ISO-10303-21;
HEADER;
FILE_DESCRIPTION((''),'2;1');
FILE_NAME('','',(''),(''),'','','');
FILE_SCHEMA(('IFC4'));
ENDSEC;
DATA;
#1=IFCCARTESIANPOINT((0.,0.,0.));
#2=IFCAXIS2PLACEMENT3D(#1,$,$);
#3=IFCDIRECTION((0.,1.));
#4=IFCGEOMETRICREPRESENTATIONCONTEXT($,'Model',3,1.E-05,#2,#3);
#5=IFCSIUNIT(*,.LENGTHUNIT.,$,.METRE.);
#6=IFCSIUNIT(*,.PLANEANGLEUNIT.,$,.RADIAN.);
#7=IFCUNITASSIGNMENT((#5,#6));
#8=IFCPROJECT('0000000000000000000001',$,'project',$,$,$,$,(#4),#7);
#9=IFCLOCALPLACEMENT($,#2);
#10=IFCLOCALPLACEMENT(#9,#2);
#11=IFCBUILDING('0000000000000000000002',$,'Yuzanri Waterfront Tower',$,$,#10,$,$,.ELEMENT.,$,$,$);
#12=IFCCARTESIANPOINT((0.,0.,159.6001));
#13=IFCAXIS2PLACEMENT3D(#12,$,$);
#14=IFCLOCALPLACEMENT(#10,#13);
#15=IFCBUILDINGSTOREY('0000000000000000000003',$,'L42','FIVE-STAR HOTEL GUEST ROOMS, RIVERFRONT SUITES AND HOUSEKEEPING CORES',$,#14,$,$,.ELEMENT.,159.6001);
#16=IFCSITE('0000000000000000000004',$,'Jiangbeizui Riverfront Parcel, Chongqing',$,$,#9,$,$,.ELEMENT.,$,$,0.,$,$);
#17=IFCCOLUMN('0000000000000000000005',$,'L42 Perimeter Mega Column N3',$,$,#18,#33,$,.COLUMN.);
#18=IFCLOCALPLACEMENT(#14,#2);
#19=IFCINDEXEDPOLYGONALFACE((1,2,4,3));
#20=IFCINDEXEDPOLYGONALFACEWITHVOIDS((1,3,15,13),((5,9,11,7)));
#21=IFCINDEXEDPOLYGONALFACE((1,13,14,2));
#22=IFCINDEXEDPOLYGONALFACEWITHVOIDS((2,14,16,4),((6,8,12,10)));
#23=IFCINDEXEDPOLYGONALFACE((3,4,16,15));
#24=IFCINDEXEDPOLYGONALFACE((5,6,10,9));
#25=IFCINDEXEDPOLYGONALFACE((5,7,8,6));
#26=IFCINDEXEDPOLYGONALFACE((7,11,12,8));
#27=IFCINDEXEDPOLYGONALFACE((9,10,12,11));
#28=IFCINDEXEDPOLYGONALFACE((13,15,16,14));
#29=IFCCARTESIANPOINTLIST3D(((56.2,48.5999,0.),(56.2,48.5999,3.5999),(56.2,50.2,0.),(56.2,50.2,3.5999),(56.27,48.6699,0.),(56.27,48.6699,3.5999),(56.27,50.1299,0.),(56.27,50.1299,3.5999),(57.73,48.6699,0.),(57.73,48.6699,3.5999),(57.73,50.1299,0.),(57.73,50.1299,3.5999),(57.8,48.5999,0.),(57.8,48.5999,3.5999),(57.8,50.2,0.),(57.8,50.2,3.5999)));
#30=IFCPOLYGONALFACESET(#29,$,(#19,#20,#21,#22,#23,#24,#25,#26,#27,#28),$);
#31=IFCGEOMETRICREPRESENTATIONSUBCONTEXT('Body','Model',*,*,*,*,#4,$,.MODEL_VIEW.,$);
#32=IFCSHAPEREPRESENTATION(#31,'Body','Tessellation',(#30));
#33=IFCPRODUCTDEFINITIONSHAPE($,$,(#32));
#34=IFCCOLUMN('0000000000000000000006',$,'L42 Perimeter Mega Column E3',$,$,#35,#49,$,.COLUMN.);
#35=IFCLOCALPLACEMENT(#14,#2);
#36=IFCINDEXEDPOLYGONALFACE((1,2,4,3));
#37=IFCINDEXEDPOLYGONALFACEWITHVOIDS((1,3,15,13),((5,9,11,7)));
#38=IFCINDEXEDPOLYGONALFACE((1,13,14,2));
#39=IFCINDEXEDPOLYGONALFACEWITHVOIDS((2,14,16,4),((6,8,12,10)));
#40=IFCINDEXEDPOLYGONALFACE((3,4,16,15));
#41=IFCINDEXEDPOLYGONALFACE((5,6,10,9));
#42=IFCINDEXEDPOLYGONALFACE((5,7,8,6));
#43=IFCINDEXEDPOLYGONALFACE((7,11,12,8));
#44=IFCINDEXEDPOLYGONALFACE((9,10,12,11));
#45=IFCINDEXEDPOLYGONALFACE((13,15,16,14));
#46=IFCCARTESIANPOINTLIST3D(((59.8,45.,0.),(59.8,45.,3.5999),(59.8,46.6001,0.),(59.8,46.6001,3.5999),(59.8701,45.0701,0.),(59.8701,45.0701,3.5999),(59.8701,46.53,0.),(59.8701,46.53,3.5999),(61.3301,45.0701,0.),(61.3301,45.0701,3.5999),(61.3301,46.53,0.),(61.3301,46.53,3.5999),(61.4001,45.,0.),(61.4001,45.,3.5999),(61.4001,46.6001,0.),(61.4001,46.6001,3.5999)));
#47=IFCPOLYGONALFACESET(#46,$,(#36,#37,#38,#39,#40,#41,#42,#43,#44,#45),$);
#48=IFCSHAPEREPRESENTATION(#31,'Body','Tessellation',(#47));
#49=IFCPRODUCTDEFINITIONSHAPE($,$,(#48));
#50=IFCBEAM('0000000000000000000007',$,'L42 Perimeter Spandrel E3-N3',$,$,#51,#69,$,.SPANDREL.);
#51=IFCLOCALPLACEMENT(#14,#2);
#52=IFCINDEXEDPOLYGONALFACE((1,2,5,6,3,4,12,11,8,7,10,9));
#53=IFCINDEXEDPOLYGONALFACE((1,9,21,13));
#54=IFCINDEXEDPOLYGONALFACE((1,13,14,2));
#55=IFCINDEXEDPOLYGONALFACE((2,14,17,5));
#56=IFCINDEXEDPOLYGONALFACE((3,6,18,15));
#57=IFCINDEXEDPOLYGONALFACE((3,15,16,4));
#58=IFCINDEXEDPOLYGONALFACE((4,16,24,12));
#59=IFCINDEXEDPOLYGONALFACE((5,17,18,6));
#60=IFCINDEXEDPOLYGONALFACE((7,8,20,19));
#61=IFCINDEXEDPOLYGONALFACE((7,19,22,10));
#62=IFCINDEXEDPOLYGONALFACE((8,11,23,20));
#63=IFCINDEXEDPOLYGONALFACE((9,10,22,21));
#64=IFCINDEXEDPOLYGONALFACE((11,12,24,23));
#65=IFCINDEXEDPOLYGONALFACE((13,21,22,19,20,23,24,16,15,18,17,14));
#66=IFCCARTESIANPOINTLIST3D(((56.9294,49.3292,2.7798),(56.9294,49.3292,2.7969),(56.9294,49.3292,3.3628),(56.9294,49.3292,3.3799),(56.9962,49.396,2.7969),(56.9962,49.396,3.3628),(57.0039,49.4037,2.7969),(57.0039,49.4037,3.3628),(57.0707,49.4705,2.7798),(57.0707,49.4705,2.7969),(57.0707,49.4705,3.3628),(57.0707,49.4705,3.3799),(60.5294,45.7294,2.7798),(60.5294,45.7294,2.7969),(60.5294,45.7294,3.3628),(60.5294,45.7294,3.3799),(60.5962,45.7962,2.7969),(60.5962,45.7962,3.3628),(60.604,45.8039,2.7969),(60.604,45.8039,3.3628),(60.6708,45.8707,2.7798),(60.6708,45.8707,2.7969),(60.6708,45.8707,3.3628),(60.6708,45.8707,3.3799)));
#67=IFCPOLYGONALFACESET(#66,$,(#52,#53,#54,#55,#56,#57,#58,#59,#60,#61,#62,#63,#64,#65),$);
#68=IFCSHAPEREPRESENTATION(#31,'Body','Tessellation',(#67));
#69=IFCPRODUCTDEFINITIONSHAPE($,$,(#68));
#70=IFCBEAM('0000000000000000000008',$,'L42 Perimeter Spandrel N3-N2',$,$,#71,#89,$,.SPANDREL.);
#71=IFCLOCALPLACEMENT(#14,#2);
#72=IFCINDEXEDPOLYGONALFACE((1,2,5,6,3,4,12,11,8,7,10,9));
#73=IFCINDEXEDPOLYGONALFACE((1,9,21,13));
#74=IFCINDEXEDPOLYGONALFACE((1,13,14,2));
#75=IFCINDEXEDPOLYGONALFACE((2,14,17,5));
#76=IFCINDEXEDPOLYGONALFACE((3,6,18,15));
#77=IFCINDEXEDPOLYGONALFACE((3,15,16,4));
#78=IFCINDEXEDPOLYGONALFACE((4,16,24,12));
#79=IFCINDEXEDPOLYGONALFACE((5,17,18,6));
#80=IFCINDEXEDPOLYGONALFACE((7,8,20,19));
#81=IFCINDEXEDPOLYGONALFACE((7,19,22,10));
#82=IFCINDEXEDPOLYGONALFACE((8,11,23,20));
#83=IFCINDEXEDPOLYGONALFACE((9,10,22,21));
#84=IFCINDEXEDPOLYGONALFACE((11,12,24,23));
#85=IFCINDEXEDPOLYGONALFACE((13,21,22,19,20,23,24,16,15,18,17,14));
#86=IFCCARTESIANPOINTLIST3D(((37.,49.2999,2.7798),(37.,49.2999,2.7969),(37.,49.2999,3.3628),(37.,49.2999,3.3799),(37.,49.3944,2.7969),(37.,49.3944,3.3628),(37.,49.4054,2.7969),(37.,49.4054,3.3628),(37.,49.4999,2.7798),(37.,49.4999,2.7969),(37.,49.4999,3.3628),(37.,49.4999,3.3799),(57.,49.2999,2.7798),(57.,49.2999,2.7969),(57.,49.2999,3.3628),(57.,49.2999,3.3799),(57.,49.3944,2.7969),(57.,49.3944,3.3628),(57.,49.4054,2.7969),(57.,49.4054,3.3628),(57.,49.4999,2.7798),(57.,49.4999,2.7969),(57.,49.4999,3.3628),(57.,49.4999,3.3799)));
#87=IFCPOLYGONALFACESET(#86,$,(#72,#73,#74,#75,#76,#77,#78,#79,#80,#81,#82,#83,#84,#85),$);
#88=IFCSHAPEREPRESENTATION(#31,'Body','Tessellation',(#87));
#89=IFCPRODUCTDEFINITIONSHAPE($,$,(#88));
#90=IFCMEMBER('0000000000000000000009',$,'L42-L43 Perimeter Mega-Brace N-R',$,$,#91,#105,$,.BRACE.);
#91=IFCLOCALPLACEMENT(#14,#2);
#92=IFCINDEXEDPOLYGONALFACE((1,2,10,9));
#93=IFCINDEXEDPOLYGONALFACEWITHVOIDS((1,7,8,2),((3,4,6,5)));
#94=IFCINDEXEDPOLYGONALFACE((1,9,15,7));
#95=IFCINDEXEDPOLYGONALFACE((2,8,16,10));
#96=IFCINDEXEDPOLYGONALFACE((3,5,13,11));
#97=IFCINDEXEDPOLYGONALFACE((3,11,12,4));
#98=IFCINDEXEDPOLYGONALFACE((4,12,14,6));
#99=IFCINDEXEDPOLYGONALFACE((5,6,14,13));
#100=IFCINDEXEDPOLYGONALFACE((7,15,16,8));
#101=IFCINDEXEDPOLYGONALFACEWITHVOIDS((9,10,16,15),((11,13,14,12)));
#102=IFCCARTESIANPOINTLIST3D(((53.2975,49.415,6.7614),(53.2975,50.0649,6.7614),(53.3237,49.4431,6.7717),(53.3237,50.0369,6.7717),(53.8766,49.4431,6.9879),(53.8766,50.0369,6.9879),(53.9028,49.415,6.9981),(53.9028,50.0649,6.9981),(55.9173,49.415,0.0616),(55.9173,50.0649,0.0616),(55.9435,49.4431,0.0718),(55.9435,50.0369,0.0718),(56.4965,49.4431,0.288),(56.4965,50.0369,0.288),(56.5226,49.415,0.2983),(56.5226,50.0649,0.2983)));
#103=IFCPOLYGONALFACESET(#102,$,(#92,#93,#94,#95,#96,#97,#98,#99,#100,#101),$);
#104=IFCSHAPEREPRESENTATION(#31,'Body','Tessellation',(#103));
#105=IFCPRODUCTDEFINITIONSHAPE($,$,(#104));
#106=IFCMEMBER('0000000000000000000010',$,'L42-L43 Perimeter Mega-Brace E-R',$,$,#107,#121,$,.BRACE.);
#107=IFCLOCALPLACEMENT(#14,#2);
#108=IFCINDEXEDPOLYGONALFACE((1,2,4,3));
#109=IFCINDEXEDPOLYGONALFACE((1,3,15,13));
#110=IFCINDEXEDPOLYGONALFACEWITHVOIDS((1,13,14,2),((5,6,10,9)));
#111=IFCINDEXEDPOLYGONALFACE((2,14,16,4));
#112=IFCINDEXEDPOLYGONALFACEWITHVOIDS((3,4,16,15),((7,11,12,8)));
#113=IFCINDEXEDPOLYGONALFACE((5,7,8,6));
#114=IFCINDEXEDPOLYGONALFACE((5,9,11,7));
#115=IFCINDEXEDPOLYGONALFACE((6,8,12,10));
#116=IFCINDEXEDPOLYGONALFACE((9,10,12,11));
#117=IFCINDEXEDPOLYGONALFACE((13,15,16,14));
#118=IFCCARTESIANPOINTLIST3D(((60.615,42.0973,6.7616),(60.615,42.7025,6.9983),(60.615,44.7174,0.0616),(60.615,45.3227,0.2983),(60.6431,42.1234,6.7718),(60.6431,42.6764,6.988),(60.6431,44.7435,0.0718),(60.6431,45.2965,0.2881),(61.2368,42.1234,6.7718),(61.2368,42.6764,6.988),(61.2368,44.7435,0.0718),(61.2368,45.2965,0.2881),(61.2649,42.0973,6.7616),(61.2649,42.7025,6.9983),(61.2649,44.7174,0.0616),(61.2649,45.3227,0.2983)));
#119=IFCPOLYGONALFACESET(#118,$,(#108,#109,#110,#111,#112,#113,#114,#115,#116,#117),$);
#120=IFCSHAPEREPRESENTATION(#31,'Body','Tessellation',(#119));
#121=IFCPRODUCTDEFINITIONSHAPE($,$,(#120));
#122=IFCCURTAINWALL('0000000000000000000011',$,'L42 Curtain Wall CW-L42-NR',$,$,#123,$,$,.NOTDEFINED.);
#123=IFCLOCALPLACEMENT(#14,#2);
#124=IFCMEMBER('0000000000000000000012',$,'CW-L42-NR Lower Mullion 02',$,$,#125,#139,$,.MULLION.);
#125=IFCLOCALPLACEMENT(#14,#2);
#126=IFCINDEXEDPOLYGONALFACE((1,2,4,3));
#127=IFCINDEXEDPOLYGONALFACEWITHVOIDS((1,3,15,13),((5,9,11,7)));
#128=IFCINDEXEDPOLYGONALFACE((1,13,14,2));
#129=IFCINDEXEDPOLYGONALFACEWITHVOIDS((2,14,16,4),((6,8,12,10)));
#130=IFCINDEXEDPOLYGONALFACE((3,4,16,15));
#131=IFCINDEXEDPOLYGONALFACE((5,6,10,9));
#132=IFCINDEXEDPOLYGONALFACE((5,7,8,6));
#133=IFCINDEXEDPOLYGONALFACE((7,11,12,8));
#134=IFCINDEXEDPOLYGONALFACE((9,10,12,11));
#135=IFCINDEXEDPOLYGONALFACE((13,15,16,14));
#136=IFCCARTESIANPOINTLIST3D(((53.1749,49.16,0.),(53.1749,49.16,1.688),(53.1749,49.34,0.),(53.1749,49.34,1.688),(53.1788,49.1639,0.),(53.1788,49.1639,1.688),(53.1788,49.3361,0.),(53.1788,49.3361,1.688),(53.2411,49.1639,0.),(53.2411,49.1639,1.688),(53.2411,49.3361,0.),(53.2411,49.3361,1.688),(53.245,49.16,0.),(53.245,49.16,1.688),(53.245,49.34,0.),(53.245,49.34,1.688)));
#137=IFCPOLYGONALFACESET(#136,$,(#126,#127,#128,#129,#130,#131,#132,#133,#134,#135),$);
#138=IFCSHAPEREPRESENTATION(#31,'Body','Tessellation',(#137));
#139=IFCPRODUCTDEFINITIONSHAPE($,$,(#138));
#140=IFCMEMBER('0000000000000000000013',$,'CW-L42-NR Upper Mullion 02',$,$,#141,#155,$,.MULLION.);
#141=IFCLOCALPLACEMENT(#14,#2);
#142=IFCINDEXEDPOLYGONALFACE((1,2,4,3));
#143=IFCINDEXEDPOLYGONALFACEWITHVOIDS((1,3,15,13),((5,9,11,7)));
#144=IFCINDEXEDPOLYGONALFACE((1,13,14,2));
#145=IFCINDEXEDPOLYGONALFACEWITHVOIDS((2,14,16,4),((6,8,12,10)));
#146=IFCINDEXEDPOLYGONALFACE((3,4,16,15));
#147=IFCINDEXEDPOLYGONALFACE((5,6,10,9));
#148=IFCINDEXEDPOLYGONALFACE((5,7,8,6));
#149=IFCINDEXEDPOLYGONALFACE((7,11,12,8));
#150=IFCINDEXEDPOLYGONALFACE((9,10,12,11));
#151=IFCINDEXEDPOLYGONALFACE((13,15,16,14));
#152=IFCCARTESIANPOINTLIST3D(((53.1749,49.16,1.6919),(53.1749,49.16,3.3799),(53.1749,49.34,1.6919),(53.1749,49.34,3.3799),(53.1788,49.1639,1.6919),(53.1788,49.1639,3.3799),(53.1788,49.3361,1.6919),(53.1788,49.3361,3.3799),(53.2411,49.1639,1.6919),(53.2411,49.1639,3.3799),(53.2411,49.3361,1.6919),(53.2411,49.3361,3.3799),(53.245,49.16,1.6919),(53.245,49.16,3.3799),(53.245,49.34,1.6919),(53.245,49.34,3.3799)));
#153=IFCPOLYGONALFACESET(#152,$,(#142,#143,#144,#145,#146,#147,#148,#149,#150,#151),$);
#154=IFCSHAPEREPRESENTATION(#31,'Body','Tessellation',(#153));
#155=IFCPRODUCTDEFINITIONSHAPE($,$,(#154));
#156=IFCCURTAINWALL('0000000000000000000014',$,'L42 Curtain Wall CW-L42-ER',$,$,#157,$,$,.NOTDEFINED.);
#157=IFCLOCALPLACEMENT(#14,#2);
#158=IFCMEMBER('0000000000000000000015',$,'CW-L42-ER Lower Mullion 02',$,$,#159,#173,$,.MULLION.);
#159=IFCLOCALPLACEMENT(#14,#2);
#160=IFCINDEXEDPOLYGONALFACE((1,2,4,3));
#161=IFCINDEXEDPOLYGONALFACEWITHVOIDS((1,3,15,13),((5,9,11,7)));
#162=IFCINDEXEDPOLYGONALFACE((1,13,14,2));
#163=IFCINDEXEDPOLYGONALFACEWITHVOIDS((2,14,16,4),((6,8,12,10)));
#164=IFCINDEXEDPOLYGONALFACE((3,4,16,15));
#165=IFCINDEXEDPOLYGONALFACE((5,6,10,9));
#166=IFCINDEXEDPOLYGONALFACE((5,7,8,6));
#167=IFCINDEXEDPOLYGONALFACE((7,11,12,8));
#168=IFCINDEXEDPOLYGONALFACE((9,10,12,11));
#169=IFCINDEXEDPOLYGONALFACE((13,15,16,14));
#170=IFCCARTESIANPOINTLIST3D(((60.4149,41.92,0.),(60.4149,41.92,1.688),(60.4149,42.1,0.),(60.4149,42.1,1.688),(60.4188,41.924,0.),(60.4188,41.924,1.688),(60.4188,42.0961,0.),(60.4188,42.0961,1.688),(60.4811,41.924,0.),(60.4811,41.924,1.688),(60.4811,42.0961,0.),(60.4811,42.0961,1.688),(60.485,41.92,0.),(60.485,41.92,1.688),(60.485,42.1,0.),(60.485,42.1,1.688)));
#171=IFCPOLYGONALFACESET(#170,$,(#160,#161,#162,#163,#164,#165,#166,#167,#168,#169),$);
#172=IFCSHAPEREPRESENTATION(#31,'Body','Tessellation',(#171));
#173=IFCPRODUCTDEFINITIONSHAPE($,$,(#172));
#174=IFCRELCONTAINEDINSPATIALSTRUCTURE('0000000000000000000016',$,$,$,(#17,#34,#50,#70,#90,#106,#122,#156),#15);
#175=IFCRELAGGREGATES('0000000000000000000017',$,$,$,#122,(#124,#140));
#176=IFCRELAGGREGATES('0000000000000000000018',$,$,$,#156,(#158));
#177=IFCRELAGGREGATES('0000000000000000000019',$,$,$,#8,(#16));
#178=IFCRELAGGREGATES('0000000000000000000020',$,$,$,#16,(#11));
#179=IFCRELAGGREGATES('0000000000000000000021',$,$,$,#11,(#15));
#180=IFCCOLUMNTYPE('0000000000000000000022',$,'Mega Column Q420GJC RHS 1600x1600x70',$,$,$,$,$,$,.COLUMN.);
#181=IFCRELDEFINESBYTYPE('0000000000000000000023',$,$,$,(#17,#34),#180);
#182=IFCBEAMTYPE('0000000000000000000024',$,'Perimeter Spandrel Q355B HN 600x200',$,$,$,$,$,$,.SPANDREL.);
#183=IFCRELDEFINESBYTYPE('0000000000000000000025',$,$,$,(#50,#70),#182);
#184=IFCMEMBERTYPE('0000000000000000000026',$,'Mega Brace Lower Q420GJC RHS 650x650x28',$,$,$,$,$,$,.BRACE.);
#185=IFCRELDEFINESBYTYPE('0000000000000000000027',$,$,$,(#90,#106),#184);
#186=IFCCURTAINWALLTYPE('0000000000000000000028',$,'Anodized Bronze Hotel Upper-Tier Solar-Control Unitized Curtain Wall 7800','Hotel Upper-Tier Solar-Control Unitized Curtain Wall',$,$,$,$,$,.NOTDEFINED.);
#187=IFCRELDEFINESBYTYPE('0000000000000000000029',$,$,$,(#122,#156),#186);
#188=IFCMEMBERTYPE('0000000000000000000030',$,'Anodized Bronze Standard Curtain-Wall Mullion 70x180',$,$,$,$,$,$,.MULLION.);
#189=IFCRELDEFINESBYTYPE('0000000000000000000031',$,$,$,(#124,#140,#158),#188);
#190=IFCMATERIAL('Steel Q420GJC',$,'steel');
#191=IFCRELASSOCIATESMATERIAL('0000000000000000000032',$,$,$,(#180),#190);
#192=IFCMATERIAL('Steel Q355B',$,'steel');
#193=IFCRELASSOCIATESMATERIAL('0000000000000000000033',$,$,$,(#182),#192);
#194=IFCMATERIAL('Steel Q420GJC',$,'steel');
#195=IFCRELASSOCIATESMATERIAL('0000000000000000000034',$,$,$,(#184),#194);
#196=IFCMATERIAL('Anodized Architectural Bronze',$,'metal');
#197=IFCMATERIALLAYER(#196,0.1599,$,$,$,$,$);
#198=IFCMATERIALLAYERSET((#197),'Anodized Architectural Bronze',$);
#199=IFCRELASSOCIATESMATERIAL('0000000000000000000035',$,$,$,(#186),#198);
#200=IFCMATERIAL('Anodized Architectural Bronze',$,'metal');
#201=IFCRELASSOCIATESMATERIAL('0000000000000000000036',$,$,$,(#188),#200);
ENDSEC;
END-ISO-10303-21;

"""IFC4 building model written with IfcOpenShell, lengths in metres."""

from ifc_helpers import new_model, si_unit, direction, frame, origin, origin_2d, place, context, subcontext, project, spatial, hollow_rectangle, i_section, extrude, source, transform, mapped, material, layer, layer_set, material_profile, profile_set, type_object, element, aggregate, save


model = new_model("IFC4")

# Units and contexts
model_context = context("Model", 3, precision=1e-05, world=origin(), true_north=direction((0.0, 1.0)))
body_context = subcontext(model_context, "Body", "Model", "MODEL_VIEW")
ifc_project = project(units=[si_unit("LENGTHUNIT", "METRE"), si_unit("PLANEANGLEUNIT", "RADIAN")], contexts=[model_context])

# Site, building, storey
site_placement = place(None, origin())
site = spatial("IfcSite", under=ifc_project, at=site_placement, Name="Jiangbeizui Riverfront Parcel, Chongqing", CompositionType="ELEMENT", RefElevation=0.0)
building_placement = place(site_placement, origin())
building = spatial("IfcBuilding", under=site, at=building_placement, Name="Yuzanri Waterfront Tower", CompositionType="ELEMENT")
storey_placement = place(building_placement, frame((0.0, 0.0, 159.6001)))
storey = spatial("IfcBuildingStorey", under=building, at=storey_placement, Name="L42", Description="FIVE-STAR HOTEL GUEST ROOMS, RIVERFRONT SUITES AND HOUSEKEEPING CORES", CompositionType="ELEMENT", Elevation=159.6001)

# Columns
ifc_material_1 = material(Name="Steel Q420GJC", Category="steel")
ifc_material_profile_1 = material_profile(ifc_material_1, hollow_rectangle(XDim=1.6001, YDim=1.6001, WallThickness=0.0701, at=origin_2d()), Name="RHS 1600x1600x70")
ifc_profile_set_1 = profile_set([ifc_material_profile_1], Name="Steel Q420GJC")
column_type = type_object("IfcColumnType", Name="Mega Column Q420GJC RHS 1600x1600x70", PredefinedType="COLUMN", material=ifc_profile_set_1)
shared_shape_1 = source(origin(), body_context, "Body", "SweptSolid", [
    extrude(hollow_rectangle(XDim=1.6001, YDim=1.6001, WallThickness=0.0701, at=origin_2d()), origin(), (0.0, 0.0, 1.0), 3.5999),
])
for number, where, z_axis, x_axis, name in (
    (1, (57.0, 49.3999, 0.0), (0.0, 0.0, 1.0), (1.0, 0.0, 0.0), "L42 Perimeter Mega Column N3"),
    (2, (60.6001, 45.8, 0.0), (0.0, 0.0, 1.0), (1.0, 0.0, 0.0), "L42 Perimeter Mega Column E3"),
):
    element("IfcColumn", number, at=place(storey_placement, frame(where, z_axis=z_axis, x_axis=x_axis)), inside=storey, type_object=column_type, Name=name, PredefinedType="COLUMN", context=body_context, shape_type="MappedRepresentation", body=[
        mapped(shared_shape_1, transform((0.0, 0.0, 0.0), scale=1.0)),
    ])

# Beams
ifc_material_2 = material(Name="Steel Q355B", Category="steel")
ifc_material_profile_2 = material_profile(ifc_material_2, i_section(OverallWidth=0.2, OverallDepth=0.6001, WebThickness=0.011, FlangeThickness=0.0171, at=origin_2d()), Name="HN 600x200x11x17")
ifc_profile_set_2 = profile_set([ifc_material_profile_2], Name="Steel Q355B")
beam_type = type_object("IfcBeamType", Name="Perimeter Spandrel Q355B HN 600x200", PredefinedType="SPANDREL", material=ifc_profile_set_2)
shared_shape_2 = source(origin(), body_context, "Body", "SweptSolid", [
    extrude(i_section(OverallWidth=0.2, OverallDepth=0.6001, WebThickness=0.011, FlangeThickness=0.0171, at=origin_2d()), origin(), (0.0, 0.0, 1.0), 5.0911),
])
beam_1_placement = place(storey_placement, frame((60.6001, 45.8, 3.0798), z_axis=(-0.707131, 0.707083, 0.0), x_axis=(-0.707083, -0.707131, 0.0)))
element("IfcBeam", 3, at=beam_1_placement, inside=storey, type_object=beam_type, Name="L42 Perimeter Spandrel E3-N3", PredefinedType="SPANDREL", context=body_context, shape_type="MappedRepresentation", body=[
    mapped(shared_shape_2, transform((0.0, 0.0, 0.0), scale=1.0)),
])
shared_shape_3 = source(origin(), body_context, "Body", "SweptSolid", [
    extrude(i_section(OverallWidth=0.2, OverallDepth=0.6001, WebThickness=0.011, FlangeThickness=0.0171, at=origin_2d()), origin(), (0.0, 0.0, 1.0), 20.0),
])
beam_2_placement = place(storey_placement, frame((57.0, 49.3999, 3.0798), z_axis=(-1.0, 0.0, 0.0), x_axis=(0.0, -1.0, 0.0)))
element("IfcBeam", 4, at=beam_2_placement, inside=storey, type_object=beam_type, Name="L42 Perimeter Spandrel N3-N2", PredefinedType="SPANDREL", context=body_context, shape_type="MappedRepresentation", body=[
    mapped(shared_shape_3, transform((0.0, 0.0, 0.0), scale=1.0)),
])

# Members
ifc_material_3 = material(Name="Steel Q420GJC", Category="steel")
ifc_material_profile_3 = material_profile(ifc_material_3, hollow_rectangle(XDim=0.6499, YDim=0.6499, WallThickness=0.0281, at=origin_2d()), Name="RHS 650x650x28")
ifc_profile_set_3 = profile_set([ifc_material_profile_3], Name="Steel Q420GJC")
member_type_1 = type_object("IfcMemberType", Name="Mega Brace Lower Q420GJC RHS 650x650x28", PredefinedType="BRACE", material=ifc_profile_set_3)
shared_shape_4 = source(origin(), body_context, "Body", "SweptSolid", [
    extrude(hollow_rectangle(XDim=0.6499, YDim=0.6499, WallThickness=0.0281, at=origin_2d()), origin(), (0.0, 0.0, 1.0), 7.1938),
])
member_1_placement = place(storey_placement, frame((56.22, 49.74, 0.1799), z_axis=(-0.364177, 0.0, 0.93133), x_axis=(0.0, -1.0, 0.0)))
element("IfcMember", 5, at=member_1_placement, inside=storey, type_object=member_type_1, Name="L42-L43 Perimeter Mega-Brace N-R", PredefinedType="BRACE", context=body_context, shape_type="MappedRepresentation", body=[
    mapped(shared_shape_4, transform((0.0, 0.0, 0.0), scale=1.0)),
])
shared_shape_5 = source(origin(), body_context, "Body", "SweptSolid", [
    extrude(hollow_rectangle(XDim=0.6499, YDim=0.6499, WallThickness=0.0281, at=origin_2d()), origin(), (0.0, 0.0, 1.0), 7.1941),
])
member_2_placement = place(storey_placement, frame((60.9399, 45.02, 0.1799), z_axis=(0.0, -0.364206, 0.931318), x_axis=(1.0, 0.0, 0.0)))
element("IfcMember", 6, at=member_2_placement, inside=storey, type_object=member_type_1, Name="L42-L43 Perimeter Mega-Brace E-R", PredefinedType="BRACE", context=body_context, shape_type="MappedRepresentation", body=[
    mapped(shared_shape_5, transform((0.0, 0.0, 0.0), scale=1.0)),
])

# Curtain walls, members
ifc_material_4 = material(Name="Anodized Architectural Bronze", Category="metal")
ifc_layer_1 = layer(ifc_material_4, 0.1599)
ifc_layer_set_1 = layer_set([ifc_layer_1], Name="Anodized Architectural Bronze")
curtain_wall_type = type_object("IfcCurtainWallType", Name="Anodized Bronze Hotel Upper-Tier Solar-Control Unitized Curtain Wall 7800", Description="Hotel Upper-Tier Solar-Control Unitized Curtain Wall", PredefinedType="NOTDEFINED", material=ifc_layer_set_1)
curtain_wall_1_placement = place(storey_placement, origin())
curtain_wall_1 = element("IfcCurtainWall", 7, at=curtain_wall_1_placement, inside=storey, type_object=curtain_wall_type, Name="L42 Curtain Wall CW-L42-NR", PredefinedType="NOTDEFINED")
ifc_material_5 = material(Name="Anodized Architectural Bronze", Category="metal")
ifc_material_profile_4 = material_profile(ifc_material_5, hollow_rectangle(XDim=0.0701, YDim=0.1799, WallThickness=0.0039, at=origin_2d()), Name="CWM 70x180")
ifc_profile_set_4 = profile_set([ifc_material_profile_4], Name="Anodized Architectural Bronze")
member_type_2 = type_object("IfcMemberType", Name="Anodized Bronze Standard Curtain-Wall Mullion 70x180", PredefinedType="MULLION", material=ifc_profile_set_4)
shared_shape_6 = source(origin(), body_context, "Body", "SweptSolid", [
    extrude(hollow_rectangle(XDim=0.0701, YDim=0.1799, WallThickness=0.0039, at=origin_2d()), origin(), (0.0, 0.0, 1.0), 1.688),
])
member_3_placement = place(storey_placement, frame((53.21, 49.25, 0.0), z_axis=(0.0, 0.0, 1.0), x_axis=(1.0, 0.0, 0.0)))
member_3 = element("IfcMember", 8, at=member_3_placement, type_object=member_type_2, Name="CW-L42-NR Lower Mullion 02", PredefinedType="MULLION", context=body_context, shape_type="MappedRepresentation", body=[
    mapped(shared_shape_6, transform((0.0, 0.0, 0.0), scale=1.0)),
])
member_4_placement = place(storey_placement, frame((53.21, 49.25, 1.6919), z_axis=(0.0, 0.0, 1.0), x_axis=(1.0, 0.0, 0.0)))
member_4 = element("IfcMember", 9, at=member_4_placement, type_object=member_type_2, Name="CW-L42-NR Upper Mullion 02", PredefinedType="MULLION", context=body_context, shape_type="MappedRepresentation", body=[
    mapped(shared_shape_6, transform((0.0, 0.0, 0.0), scale=1.0)),
])
aggregate(curtain_wall_1, [member_3, member_4])
curtain_wall_2_placement = place(storey_placement, origin())
curtain_wall_2 = element("IfcCurtainWall", 10, at=curtain_wall_2_placement, inside=storey, type_object=curtain_wall_type, Name="L42 Curtain Wall CW-L42-ER", PredefinedType="NOTDEFINED")
member_5_placement = place(storey_placement, frame((60.45, 42.01, 0.0), z_axis=(0.0, 0.0, 1.0), x_axis=(1.0, 0.0, 0.0)))
member_5 = element("IfcMember", 11, at=member_5_placement, type_object=member_type_2, Name="CW-L42-ER Lower Mullion 02", PredefinedType="MULLION", context=body_context, shape_type="MappedRepresentation", body=[
    mapped(shared_shape_6, transform((0.0, 0.0, 0.0), scale=1.0)),
])

aggregate(curtain_wall_2, [member_5])

save(model, "model.ifc")
